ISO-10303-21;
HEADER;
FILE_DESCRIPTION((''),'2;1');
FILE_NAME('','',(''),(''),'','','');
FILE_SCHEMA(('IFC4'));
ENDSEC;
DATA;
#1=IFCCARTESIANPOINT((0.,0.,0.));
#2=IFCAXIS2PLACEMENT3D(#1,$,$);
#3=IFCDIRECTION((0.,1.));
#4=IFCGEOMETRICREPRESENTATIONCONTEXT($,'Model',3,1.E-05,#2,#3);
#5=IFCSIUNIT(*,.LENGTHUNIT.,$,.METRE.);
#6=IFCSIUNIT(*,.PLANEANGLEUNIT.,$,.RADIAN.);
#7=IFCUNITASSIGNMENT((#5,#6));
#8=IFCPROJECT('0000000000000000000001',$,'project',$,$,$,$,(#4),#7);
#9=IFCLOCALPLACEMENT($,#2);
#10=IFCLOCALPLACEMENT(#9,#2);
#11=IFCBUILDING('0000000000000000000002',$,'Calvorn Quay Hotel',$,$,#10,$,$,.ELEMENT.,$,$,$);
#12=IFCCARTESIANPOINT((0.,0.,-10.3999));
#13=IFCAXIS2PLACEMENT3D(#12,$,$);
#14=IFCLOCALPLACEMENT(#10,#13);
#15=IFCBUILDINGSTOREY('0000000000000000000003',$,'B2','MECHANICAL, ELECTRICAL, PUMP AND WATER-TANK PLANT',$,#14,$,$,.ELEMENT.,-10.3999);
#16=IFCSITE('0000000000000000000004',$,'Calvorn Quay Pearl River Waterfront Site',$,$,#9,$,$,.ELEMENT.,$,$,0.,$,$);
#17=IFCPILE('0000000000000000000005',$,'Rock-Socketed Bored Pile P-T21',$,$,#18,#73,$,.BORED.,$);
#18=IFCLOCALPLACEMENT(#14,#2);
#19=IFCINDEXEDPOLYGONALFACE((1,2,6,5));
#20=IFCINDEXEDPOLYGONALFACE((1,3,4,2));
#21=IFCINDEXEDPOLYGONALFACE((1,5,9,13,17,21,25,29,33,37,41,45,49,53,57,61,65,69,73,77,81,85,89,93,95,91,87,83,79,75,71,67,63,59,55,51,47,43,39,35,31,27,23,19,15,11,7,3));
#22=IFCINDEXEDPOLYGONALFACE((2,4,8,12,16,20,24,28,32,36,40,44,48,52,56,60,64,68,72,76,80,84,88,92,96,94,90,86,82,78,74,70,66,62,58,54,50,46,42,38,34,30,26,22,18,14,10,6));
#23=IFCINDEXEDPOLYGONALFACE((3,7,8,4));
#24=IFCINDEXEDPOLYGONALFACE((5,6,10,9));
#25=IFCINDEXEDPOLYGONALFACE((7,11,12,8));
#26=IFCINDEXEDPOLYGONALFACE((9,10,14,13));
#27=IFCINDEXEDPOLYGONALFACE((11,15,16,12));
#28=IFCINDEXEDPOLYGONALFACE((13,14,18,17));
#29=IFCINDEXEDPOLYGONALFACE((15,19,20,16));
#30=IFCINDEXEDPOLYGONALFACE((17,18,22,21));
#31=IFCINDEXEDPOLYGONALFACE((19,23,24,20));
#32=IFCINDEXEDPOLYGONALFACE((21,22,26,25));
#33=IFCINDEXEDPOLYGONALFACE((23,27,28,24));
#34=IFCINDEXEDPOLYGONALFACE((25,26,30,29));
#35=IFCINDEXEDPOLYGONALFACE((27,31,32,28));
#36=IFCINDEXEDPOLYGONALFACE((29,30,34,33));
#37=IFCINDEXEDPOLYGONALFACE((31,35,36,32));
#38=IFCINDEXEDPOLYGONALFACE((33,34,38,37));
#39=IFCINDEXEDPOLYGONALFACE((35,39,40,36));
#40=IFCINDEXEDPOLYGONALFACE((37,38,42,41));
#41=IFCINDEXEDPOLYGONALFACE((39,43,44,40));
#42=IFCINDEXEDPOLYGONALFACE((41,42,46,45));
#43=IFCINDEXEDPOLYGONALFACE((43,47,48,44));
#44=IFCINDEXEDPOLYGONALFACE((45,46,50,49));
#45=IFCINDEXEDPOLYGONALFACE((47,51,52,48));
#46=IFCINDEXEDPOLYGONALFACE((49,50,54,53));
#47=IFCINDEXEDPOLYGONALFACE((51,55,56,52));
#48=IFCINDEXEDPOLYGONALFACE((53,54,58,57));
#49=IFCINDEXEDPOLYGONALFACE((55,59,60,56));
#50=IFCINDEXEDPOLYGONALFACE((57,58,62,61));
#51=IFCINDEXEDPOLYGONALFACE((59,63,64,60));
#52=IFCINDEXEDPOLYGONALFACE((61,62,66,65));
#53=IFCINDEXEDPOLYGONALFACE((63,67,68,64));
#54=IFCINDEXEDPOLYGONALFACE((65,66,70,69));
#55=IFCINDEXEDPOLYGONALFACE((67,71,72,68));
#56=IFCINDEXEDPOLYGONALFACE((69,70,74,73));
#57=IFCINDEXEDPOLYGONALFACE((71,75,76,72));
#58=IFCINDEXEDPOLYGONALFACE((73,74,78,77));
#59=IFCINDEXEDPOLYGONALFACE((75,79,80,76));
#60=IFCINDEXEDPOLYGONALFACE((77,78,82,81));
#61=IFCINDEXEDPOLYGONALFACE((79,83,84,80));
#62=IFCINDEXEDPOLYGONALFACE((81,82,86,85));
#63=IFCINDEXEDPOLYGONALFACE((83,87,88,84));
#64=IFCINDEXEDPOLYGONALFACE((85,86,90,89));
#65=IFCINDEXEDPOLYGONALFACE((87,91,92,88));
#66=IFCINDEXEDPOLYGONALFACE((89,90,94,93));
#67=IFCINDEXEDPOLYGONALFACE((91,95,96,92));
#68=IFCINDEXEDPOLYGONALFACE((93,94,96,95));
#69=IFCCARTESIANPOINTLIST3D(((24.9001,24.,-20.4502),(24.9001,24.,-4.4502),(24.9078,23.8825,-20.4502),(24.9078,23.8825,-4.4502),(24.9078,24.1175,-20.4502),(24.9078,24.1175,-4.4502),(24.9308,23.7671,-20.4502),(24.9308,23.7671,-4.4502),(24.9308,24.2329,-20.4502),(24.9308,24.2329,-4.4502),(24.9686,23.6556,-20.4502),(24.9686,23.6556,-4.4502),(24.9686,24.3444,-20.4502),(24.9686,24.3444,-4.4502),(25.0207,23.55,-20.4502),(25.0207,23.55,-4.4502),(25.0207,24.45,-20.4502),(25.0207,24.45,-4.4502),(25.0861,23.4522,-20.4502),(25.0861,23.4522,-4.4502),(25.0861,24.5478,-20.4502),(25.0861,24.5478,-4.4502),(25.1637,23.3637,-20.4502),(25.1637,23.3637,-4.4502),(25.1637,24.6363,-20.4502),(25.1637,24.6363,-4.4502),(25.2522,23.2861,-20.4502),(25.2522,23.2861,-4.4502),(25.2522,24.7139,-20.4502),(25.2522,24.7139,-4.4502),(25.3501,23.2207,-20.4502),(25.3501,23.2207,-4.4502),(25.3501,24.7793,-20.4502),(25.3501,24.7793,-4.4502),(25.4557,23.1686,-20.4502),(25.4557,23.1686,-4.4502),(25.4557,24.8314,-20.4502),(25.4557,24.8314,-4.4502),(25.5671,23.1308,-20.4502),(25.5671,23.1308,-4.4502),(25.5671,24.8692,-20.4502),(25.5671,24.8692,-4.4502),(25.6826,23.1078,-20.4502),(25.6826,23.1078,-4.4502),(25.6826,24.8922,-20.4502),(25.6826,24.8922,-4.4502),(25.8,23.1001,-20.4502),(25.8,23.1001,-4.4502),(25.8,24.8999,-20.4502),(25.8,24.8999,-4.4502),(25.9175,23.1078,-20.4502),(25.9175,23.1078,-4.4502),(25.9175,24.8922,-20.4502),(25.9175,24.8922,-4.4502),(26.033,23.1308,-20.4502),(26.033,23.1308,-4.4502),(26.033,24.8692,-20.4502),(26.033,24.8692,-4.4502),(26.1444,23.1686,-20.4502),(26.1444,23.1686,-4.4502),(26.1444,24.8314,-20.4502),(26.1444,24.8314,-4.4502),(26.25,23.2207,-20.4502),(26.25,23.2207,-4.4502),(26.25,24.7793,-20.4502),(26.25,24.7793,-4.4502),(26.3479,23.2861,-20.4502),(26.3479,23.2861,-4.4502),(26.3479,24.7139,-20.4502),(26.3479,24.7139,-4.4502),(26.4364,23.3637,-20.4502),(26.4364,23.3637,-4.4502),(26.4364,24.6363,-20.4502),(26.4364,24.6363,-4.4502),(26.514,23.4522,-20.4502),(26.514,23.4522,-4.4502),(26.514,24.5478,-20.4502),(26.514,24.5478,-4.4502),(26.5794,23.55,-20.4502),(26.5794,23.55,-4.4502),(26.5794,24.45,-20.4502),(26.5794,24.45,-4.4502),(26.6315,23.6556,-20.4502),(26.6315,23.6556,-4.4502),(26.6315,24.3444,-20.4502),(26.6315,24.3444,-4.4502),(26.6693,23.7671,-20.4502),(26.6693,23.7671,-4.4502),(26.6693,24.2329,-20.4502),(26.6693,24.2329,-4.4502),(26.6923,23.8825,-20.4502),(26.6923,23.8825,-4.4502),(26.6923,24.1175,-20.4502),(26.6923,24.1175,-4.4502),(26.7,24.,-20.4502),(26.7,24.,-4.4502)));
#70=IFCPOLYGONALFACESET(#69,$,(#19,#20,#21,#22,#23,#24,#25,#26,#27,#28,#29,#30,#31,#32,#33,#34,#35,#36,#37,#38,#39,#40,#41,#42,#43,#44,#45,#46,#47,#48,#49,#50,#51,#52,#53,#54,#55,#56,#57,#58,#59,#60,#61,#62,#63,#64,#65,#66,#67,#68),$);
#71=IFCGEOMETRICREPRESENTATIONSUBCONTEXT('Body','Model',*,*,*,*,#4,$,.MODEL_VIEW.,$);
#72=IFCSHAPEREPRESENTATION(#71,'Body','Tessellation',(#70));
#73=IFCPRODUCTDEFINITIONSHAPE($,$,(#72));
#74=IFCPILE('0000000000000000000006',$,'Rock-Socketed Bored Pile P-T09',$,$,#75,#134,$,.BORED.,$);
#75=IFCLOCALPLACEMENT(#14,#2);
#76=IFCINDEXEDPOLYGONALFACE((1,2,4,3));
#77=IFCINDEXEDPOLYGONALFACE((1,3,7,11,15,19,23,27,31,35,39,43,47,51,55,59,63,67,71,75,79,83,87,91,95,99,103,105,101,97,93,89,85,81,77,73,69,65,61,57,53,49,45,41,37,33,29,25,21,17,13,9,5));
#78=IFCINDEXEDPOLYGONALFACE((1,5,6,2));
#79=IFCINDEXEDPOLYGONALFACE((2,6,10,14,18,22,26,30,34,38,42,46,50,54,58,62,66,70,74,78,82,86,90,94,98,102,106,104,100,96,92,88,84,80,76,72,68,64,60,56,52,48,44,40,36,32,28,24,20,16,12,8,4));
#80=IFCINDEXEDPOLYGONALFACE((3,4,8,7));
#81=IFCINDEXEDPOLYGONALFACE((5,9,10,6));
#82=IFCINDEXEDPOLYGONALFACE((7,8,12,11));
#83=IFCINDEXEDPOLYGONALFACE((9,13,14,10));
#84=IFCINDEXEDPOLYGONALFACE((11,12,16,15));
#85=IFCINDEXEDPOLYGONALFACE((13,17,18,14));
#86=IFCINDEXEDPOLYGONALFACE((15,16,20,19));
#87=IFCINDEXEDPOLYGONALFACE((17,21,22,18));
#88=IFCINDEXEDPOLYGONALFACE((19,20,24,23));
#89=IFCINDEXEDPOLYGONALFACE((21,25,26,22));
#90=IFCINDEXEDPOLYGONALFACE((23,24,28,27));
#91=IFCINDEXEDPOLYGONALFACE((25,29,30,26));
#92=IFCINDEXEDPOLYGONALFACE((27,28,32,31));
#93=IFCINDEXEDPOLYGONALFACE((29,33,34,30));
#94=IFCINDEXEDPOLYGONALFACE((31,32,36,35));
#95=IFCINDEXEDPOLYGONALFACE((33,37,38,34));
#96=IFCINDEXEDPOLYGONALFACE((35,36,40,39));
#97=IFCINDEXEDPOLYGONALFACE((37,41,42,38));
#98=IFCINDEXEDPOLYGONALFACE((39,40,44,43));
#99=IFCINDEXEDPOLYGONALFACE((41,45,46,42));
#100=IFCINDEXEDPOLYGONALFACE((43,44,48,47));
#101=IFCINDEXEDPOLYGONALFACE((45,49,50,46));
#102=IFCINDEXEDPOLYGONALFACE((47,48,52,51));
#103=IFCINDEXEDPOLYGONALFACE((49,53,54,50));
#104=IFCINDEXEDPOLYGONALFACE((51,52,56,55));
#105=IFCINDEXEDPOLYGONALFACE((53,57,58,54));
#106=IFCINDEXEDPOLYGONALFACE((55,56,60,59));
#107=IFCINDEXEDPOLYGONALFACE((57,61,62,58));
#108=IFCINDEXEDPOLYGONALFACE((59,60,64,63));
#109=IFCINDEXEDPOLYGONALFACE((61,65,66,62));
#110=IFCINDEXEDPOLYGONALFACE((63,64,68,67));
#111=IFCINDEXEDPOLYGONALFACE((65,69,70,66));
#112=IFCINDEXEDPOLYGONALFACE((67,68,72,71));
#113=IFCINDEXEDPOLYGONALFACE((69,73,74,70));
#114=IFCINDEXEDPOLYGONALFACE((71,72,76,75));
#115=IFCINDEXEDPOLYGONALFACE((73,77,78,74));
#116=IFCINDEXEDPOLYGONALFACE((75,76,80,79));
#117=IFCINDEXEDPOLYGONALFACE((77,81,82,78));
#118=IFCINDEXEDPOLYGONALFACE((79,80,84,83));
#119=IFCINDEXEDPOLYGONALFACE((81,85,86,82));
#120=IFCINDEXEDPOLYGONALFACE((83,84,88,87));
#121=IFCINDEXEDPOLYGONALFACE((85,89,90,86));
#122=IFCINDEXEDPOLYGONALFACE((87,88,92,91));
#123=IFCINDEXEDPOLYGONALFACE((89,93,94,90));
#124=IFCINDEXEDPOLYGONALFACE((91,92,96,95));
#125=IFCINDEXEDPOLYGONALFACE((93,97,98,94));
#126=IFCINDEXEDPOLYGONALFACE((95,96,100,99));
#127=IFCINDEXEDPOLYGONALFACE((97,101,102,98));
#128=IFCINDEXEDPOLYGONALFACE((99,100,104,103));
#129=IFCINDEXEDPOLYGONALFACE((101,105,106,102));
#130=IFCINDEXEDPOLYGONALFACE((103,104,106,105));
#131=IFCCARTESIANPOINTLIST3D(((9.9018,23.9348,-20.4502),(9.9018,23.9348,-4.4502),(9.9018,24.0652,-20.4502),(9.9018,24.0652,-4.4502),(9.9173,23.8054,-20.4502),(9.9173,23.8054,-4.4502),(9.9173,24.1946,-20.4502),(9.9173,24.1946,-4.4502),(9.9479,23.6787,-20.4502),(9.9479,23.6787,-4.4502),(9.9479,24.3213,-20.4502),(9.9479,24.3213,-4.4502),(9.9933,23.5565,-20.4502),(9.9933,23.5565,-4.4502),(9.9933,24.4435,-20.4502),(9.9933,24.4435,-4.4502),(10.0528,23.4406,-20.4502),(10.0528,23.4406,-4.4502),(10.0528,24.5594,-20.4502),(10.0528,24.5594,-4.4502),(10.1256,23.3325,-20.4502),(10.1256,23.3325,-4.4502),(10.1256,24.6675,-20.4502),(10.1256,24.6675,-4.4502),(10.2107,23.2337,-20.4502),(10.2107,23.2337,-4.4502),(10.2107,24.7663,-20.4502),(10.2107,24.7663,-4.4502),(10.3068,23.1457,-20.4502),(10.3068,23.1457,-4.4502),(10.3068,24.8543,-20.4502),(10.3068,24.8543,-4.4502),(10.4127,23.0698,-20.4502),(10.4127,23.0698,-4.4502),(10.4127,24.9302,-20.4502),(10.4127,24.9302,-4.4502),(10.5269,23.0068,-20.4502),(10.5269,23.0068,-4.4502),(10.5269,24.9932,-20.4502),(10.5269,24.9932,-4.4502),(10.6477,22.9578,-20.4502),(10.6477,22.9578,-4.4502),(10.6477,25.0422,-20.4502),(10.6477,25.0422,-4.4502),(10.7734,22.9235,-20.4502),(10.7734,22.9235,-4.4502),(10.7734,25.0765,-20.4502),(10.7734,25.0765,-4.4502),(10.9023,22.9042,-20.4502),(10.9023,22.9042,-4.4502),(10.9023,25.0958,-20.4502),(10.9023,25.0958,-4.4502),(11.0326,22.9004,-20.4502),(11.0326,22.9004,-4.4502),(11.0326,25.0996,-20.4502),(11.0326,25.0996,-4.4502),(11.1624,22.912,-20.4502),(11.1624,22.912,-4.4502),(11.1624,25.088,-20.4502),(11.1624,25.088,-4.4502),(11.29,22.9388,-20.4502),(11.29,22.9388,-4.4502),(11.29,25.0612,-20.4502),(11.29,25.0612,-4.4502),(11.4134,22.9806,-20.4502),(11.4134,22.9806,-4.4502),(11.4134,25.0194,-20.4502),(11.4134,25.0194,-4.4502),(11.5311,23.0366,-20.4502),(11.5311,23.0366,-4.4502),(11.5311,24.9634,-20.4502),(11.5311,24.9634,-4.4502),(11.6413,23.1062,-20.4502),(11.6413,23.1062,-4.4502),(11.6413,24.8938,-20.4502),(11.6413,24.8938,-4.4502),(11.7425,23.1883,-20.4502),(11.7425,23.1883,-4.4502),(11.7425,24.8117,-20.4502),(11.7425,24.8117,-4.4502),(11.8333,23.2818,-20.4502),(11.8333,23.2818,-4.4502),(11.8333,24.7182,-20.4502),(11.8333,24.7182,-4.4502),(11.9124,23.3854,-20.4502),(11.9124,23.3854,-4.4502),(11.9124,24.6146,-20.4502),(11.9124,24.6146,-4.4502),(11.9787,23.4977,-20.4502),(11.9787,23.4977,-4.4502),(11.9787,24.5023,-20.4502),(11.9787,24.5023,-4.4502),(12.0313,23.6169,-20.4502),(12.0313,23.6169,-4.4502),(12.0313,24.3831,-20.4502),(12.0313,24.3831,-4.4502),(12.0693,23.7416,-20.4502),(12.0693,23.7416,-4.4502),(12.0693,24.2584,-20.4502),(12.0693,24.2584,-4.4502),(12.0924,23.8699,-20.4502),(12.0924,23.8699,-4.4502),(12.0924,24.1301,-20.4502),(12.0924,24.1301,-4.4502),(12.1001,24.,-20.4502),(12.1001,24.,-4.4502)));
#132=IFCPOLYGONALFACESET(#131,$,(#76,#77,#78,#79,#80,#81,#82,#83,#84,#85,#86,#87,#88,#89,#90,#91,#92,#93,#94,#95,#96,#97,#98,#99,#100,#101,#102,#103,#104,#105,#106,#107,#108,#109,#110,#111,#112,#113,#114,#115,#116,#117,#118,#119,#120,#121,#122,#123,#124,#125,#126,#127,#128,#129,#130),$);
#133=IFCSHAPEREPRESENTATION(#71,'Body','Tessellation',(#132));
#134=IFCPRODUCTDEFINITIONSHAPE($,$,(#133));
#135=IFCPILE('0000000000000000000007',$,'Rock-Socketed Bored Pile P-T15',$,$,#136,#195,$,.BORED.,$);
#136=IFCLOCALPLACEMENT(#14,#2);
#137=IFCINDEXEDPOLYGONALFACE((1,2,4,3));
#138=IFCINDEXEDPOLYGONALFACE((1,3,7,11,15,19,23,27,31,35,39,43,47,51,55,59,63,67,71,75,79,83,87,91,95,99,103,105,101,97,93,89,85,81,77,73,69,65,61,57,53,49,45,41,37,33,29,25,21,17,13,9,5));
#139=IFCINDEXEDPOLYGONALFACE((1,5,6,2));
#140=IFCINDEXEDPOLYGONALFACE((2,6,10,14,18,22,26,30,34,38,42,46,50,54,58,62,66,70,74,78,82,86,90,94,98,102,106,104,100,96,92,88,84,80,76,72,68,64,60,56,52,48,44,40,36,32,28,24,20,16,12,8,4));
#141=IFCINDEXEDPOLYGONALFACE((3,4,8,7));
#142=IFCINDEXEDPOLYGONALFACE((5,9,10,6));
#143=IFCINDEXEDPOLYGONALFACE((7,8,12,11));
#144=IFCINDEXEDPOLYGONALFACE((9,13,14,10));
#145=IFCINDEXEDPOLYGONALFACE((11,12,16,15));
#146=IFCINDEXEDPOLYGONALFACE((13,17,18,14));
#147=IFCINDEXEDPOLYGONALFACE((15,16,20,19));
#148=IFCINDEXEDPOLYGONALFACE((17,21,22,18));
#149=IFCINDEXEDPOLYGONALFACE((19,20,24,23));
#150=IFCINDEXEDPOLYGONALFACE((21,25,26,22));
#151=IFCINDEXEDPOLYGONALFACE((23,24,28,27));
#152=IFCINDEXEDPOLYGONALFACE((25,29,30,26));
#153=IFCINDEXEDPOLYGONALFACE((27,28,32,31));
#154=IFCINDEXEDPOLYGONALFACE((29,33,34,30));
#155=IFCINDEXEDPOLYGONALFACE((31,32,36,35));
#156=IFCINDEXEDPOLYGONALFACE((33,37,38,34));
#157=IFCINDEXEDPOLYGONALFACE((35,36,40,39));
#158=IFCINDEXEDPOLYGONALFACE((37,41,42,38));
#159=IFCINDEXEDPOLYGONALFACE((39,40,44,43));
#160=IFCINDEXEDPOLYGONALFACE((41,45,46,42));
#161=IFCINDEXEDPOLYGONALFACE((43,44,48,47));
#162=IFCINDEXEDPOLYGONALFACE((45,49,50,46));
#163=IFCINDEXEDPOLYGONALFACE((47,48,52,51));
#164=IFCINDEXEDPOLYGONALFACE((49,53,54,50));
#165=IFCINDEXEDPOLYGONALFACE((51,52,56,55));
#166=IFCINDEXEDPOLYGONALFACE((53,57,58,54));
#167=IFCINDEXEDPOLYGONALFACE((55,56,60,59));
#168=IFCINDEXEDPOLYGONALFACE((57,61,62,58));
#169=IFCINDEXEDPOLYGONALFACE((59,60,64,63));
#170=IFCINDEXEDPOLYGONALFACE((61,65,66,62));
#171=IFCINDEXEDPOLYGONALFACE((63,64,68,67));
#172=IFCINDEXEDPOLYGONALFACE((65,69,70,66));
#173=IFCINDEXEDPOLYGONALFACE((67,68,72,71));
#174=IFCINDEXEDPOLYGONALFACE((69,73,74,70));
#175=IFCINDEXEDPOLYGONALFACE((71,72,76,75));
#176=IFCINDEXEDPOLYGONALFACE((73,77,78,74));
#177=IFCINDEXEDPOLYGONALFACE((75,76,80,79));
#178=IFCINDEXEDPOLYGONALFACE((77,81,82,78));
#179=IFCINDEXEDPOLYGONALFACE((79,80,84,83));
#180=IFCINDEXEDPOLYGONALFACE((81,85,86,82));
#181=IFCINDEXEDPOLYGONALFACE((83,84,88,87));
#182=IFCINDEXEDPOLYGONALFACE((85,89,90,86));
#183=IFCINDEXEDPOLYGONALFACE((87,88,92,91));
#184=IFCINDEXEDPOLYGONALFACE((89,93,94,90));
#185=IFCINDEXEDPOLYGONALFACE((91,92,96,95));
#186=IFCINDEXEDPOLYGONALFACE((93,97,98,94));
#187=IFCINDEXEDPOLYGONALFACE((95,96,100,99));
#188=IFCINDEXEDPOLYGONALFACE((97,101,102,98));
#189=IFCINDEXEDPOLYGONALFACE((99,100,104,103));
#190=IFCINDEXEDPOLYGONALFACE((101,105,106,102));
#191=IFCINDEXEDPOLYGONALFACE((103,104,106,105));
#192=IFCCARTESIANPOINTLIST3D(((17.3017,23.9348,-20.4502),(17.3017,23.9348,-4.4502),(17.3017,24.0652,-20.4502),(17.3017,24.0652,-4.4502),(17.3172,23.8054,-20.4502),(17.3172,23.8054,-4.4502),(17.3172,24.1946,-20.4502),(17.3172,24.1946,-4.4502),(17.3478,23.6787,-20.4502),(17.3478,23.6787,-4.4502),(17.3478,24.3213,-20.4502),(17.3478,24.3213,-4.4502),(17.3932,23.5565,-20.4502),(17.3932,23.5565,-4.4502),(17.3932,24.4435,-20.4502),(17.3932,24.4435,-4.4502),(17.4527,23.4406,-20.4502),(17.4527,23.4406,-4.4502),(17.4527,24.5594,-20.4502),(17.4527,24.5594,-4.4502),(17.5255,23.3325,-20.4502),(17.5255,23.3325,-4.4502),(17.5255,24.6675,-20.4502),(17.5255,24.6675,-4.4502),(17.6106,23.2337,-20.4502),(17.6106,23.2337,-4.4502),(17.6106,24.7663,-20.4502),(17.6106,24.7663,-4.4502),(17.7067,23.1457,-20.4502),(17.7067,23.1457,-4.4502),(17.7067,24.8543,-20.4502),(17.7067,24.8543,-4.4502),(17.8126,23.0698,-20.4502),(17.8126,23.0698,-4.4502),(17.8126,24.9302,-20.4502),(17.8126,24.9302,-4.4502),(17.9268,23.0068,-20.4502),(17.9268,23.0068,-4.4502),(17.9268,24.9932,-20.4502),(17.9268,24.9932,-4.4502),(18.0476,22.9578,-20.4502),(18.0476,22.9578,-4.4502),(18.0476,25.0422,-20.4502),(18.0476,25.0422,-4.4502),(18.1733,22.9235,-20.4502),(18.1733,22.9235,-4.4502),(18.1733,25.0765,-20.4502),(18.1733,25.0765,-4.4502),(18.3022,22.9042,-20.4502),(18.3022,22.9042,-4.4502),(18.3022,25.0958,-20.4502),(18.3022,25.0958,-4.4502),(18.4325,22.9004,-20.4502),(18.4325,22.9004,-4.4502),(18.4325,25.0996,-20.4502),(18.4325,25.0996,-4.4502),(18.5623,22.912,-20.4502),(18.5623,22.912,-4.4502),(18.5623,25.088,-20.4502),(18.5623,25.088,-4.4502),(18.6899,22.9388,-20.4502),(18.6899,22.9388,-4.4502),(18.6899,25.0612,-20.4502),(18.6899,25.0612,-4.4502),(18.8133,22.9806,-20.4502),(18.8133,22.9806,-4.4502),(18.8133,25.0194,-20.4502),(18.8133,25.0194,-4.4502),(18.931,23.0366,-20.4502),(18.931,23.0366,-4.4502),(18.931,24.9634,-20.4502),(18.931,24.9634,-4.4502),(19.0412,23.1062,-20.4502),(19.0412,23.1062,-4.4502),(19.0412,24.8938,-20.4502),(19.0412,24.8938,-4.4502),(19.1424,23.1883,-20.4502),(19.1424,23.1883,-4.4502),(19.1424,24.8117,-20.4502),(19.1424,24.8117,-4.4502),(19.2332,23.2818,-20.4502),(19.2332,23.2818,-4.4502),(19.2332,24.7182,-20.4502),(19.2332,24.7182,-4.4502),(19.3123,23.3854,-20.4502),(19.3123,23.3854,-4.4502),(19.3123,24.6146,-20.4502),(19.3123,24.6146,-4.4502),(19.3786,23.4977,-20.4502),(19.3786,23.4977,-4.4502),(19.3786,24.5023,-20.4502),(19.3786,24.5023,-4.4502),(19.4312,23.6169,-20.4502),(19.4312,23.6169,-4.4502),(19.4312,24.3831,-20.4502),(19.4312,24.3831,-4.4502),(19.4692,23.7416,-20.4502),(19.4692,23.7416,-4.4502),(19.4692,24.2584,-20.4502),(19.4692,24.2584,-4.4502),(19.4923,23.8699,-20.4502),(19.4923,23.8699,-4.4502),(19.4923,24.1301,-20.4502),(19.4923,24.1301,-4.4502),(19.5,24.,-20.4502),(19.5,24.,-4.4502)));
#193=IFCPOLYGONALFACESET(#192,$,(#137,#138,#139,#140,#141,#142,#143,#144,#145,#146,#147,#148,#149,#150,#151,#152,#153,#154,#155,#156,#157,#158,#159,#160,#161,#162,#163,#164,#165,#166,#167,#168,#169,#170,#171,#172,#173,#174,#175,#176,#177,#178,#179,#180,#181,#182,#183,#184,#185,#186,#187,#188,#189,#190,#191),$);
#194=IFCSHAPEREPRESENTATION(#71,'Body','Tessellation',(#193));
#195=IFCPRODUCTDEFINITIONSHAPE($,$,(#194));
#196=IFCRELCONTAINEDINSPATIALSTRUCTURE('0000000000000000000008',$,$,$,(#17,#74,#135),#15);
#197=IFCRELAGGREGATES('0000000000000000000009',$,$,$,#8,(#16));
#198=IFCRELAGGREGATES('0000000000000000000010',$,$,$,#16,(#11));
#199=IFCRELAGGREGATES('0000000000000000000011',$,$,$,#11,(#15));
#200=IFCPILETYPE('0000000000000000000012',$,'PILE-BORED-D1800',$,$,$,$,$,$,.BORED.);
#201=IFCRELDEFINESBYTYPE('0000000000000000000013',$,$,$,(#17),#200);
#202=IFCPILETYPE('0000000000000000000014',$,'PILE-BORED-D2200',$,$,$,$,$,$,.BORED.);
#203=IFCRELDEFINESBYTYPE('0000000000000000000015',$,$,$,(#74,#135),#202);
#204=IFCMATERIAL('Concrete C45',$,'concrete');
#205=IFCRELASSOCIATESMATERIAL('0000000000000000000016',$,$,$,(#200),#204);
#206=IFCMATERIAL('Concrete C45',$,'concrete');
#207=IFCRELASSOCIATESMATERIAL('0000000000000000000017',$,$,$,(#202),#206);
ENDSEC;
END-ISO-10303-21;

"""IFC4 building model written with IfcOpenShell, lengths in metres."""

from ifc_helpers import new_model, si_unit, direction, frame, origin, origin_2d, place, context, subcontext, project, spatial, circle, extrude, material, material_profile, profile_set, type_object, element, save


model = new_model("IFC4")

# Units and contexts
model_context = context("Model", 3, precision=1e-05, world=origin(), true_north=direction((0.0, 1.0)))
body_context = subcontext(model_context, "Body", "Model", "MODEL_VIEW")
ifc_project = project(units=[si_unit("LENGTHUNIT", "METRE"), si_unit("PLANEANGLEUNIT", "RADIAN")], contexts=[model_context])

# Site, building, storey
site_placement = place(None, origin())
site = spatial("IfcSite", under=ifc_project, at=site_placement, Name="Calvorn Quay Pearl River Waterfront Site", CompositionType="ELEMENT", RefElevation=0.0)
building_placement = place(site_placement, origin())
building = spatial("IfcBuilding", under=site, at=building_placement, Name="Calvorn Quay Hotel", CompositionType="ELEMENT")
storey_placement = place(building_placement, frame((0.0, 0.0, -10.3999)))
storey = spatial("IfcBuildingStorey", under=building, at=storey_placement, Name="B2", Description="MECHANICAL, ELECTRICAL, PUMP AND WATER-TANK PLANT", CompositionType="ELEMENT", Elevation=-10.3999)

# Piles
ifc_material_1 = material(Name="Concrete C45", Category="concrete")
ifc_material_profile_1 = material_profile(ifc_material_1, circle(Radius=0.8999, at=origin_2d()), Name="PILE-D1800")
ifc_profile_set_1 = profile_set([ifc_material_profile_1], Name="Concrete C45")
pile_type_1 = type_object("IfcPileType", Name="PILE-BORED-D1800", PredefinedType="BORED", material=ifc_profile_set_1)
pile_placement = place(storey_placement, frame((25.8, 24.0, -4.4502), z_axis=(0.0, 0.0, -1.0), x_axis=(1.0, 0.0, 0.0)))
element("IfcPile", 1, at=pile_placement, inside=storey, type_object=pile_type_1, Name="Rock-Socketed Bored Pile P-T21", PredefinedType="BORED", context=body_context, shape_type="SweptSolid", body=[
    extrude(circle(Radius=0.8999, at=origin_2d()), origin(), (0.0, 0.0, 1.0), 16.0),
])
ifc_material_2 = material(Name="Concrete C45", Category="concrete")
ifc_material_profile_2 = material_profile(ifc_material_2, circle(Radius=1.1001, at=origin_2d()), Name="PILE-D2200")
ifc_profile_set_2 = profile_set([ifc_material_profile_2], Name="Concrete C45")
pile_type_2 = type_object("IfcPileType", Name="PILE-BORED-D2200", PredefinedType="BORED", material=ifc_profile_set_2)
for number, where, z_axis, x_axis, name in (
    (2, (11.0, 24.0, -4.4502), (0.0, 0.0, -1.0), (1.0, 0.0, 0.0), "Rock-Socketed Bored Pile P-T09"),
    (3, (18.3999, 24.0, -4.4502), (0.0, 0.0, -1.0), (1.0, 0.0, 0.0), "Rock-Socketed Bored Pile P-T15"),
):
    element("IfcPile", number, at=place(storey_placement, frame(where, z_axis=z_axis, x_axis=x_axis)), inside=storey, type_object=pile_type_2, Name=name, PredefinedType="BORED", context=body_context, shape_type="SweptSolid", body=[
        extrude(circle(Radius=1.1001, at=origin_2d()), origin(), (0.0, 0.0, 1.0), 16.0),
    ])

save(model, "model.ifc")
